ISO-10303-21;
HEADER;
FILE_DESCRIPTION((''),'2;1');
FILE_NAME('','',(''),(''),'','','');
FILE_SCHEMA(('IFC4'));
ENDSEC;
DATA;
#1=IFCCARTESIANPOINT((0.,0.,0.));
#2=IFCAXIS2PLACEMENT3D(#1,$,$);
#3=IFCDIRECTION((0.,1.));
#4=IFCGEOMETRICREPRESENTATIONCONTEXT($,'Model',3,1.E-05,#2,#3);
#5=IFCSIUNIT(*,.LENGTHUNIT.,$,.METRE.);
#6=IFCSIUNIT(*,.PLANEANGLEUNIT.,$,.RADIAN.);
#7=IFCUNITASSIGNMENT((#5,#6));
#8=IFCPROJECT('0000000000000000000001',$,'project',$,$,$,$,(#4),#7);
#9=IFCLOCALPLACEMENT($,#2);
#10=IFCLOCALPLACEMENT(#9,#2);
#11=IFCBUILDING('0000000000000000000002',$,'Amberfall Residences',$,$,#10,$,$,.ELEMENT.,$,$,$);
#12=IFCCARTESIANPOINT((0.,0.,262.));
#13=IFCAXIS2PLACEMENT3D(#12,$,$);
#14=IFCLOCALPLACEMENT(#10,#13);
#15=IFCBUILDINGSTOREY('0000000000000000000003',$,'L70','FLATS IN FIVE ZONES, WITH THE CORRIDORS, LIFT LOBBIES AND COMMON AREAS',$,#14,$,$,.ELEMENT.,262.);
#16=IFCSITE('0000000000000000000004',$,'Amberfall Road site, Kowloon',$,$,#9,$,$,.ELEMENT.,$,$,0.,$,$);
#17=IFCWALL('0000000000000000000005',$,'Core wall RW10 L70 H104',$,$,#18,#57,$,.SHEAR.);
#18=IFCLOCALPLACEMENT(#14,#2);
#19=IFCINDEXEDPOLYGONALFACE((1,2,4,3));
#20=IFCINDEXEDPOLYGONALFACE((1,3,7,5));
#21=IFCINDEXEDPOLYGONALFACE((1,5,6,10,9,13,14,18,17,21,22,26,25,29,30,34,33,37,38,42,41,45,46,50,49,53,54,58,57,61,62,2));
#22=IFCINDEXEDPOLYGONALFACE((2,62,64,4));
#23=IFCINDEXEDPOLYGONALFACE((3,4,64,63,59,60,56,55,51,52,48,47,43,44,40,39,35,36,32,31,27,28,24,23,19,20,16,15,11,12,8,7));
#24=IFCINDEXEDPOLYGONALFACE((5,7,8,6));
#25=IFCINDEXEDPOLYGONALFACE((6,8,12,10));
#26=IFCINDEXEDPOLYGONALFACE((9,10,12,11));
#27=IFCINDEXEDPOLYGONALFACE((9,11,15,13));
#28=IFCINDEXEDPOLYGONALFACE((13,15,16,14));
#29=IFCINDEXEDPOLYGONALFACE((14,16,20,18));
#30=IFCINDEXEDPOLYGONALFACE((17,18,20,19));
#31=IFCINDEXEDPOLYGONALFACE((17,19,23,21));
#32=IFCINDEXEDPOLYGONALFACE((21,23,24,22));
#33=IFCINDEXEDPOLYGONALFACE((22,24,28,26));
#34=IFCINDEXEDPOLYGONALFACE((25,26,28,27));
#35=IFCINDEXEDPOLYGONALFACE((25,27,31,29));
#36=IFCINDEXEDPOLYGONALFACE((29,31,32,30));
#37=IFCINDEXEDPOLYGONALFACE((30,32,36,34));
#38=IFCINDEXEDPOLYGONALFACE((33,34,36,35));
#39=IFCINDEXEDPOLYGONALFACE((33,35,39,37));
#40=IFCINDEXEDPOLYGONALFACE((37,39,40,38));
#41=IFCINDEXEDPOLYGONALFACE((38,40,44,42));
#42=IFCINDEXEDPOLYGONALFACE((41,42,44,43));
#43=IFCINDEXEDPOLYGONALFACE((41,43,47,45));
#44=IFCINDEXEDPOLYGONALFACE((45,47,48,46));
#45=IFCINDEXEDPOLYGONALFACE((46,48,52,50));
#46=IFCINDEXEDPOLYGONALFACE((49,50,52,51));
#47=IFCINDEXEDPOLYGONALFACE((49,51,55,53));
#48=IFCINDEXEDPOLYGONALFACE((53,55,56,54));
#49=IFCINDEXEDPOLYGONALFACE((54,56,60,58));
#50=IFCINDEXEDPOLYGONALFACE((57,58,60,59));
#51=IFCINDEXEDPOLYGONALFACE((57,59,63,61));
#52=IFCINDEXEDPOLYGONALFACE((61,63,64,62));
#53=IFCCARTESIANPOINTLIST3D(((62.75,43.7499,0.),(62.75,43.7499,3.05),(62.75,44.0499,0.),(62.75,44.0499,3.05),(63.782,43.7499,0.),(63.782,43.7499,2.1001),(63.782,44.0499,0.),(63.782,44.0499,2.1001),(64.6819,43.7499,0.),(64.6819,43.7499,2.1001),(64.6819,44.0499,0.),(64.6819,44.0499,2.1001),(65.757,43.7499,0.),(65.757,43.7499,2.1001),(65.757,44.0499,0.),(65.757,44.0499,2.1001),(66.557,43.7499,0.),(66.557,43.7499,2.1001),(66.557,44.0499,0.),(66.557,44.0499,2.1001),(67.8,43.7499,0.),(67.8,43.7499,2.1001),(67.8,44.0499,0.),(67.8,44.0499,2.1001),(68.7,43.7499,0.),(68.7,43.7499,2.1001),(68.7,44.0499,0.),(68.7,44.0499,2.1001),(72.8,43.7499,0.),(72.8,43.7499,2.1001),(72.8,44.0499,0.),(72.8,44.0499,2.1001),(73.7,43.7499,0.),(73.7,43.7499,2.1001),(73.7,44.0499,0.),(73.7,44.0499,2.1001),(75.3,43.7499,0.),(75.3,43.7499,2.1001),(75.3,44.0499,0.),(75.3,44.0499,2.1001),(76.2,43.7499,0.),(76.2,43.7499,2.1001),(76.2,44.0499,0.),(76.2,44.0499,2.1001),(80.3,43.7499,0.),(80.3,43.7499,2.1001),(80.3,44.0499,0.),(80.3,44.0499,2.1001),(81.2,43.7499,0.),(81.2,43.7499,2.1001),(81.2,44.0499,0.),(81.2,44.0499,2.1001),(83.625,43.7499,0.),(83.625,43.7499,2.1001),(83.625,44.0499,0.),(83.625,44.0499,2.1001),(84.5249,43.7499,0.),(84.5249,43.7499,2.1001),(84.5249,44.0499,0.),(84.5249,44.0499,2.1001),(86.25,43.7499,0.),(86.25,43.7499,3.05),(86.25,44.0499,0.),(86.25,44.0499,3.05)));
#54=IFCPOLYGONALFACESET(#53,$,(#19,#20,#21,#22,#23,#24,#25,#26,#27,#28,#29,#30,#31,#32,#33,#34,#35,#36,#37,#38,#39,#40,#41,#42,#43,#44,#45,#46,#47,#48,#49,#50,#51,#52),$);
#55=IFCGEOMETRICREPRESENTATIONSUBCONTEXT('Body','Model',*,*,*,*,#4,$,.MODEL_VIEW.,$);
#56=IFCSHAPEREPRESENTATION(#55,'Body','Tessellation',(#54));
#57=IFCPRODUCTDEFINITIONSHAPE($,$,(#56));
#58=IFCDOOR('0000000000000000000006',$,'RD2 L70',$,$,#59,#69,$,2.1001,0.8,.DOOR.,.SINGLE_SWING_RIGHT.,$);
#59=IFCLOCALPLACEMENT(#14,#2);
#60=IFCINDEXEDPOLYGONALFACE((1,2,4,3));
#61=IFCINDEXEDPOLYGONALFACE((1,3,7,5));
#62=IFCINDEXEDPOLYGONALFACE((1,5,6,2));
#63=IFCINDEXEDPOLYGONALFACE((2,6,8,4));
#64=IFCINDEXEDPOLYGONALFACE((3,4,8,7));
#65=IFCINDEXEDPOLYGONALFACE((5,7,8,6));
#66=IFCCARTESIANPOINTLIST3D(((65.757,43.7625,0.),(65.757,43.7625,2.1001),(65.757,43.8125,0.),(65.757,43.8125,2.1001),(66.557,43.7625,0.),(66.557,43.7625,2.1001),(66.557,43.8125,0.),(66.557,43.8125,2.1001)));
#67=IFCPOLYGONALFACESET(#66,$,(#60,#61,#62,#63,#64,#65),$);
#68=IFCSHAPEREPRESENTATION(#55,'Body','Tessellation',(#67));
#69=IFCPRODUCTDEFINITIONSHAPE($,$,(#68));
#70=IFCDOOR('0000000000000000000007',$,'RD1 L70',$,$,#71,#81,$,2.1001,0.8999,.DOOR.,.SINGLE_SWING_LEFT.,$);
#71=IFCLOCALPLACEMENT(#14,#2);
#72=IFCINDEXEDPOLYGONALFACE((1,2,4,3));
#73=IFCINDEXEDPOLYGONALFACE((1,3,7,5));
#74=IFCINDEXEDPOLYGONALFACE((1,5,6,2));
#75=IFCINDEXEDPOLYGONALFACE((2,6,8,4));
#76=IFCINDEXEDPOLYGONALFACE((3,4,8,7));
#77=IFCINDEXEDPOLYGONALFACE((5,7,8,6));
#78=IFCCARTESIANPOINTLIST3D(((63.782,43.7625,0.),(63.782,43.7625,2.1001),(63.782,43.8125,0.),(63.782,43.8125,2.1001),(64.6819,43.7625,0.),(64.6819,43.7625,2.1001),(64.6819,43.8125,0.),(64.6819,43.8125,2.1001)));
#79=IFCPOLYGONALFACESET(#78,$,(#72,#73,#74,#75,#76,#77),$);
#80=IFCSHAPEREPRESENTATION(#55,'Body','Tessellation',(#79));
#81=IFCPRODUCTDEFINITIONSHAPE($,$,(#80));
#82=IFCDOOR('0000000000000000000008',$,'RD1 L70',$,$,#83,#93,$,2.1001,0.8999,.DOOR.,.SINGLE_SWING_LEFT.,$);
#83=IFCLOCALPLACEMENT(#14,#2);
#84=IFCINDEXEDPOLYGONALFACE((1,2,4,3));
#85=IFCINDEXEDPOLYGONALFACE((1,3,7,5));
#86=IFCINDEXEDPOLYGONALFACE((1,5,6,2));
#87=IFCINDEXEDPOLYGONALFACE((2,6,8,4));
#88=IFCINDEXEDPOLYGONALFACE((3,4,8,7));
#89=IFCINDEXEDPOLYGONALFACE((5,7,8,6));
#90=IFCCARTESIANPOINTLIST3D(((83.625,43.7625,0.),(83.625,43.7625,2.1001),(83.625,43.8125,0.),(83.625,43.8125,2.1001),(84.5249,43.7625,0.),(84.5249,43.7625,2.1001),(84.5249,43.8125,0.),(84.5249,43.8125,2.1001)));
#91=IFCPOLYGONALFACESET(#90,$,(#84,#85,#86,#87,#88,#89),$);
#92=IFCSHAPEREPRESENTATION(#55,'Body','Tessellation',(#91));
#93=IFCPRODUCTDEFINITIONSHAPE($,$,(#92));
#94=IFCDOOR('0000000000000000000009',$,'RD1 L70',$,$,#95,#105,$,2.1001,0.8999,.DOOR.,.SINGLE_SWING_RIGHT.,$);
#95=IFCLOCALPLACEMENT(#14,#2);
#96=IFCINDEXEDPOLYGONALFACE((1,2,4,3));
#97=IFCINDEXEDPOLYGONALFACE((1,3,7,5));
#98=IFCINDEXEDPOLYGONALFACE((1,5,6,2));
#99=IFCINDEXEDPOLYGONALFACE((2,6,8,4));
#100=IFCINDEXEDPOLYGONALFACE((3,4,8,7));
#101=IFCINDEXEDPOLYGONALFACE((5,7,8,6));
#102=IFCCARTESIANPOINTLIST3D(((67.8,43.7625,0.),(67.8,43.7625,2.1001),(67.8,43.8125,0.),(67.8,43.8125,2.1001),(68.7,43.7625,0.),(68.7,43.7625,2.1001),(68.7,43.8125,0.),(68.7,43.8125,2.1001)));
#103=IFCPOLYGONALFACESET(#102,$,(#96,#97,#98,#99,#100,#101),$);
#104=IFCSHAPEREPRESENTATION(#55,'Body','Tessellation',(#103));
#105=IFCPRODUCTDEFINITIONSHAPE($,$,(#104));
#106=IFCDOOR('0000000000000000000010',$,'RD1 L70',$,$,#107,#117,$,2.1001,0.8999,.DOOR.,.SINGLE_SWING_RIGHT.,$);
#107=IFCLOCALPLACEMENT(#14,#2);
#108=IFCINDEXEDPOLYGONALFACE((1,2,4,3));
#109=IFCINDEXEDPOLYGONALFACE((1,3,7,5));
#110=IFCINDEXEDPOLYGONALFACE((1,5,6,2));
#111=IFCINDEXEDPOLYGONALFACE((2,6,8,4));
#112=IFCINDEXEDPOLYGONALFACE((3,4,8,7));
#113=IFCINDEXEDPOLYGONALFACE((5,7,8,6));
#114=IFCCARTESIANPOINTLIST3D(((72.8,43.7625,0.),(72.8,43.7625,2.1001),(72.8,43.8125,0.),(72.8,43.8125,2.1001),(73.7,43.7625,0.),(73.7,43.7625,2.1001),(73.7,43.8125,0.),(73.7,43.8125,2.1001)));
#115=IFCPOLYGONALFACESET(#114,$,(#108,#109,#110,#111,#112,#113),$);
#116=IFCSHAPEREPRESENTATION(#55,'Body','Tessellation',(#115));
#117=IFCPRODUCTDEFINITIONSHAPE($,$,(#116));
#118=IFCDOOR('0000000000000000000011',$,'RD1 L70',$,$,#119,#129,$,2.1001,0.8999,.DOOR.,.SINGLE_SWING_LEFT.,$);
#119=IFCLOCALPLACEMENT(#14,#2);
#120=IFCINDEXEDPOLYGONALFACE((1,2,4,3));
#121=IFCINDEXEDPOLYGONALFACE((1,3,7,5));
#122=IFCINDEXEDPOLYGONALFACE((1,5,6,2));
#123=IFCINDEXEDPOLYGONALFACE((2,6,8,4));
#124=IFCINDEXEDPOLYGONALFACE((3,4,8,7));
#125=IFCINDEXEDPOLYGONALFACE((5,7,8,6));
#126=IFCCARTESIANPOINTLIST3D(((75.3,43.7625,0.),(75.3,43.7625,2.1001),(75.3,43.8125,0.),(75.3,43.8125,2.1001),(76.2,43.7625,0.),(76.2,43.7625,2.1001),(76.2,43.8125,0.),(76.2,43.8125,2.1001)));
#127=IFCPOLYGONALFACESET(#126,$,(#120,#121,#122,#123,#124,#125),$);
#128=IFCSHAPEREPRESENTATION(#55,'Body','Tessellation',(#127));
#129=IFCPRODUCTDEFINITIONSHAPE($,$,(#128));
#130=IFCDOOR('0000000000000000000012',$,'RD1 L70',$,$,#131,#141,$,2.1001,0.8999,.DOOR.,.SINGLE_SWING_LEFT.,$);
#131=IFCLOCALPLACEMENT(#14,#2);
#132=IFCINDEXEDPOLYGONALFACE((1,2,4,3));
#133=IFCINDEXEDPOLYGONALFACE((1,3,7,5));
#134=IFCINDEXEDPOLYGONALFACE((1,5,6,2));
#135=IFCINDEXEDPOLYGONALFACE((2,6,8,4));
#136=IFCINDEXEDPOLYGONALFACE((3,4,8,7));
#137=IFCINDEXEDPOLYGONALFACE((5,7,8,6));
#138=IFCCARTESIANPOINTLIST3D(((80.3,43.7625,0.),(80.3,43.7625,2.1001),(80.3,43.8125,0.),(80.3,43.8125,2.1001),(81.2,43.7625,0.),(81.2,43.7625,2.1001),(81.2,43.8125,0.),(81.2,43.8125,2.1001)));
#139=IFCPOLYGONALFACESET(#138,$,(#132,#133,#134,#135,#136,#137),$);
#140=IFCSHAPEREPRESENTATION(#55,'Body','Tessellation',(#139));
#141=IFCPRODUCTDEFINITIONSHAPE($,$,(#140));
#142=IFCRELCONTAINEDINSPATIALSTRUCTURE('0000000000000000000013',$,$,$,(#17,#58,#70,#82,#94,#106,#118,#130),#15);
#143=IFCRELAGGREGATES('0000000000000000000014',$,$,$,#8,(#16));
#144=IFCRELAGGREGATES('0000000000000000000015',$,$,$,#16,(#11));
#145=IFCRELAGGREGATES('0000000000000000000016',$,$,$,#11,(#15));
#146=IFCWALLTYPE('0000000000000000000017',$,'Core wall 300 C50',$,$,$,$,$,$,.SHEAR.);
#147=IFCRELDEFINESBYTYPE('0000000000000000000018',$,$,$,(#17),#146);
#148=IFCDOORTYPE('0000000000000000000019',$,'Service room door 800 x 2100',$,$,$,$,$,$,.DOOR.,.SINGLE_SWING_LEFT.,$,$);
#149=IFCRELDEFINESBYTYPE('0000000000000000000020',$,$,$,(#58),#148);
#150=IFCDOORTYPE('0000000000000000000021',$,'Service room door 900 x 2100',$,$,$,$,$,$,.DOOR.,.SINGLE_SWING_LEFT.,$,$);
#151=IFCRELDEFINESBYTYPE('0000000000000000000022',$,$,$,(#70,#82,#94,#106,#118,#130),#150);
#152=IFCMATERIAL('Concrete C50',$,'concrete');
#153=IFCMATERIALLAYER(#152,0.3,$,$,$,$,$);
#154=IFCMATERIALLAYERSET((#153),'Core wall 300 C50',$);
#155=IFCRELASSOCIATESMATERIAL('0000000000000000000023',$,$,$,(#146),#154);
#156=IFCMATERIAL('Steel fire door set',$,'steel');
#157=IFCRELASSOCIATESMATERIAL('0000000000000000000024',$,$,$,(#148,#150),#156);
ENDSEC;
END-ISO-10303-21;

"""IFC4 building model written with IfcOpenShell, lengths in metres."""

from ifc_helpers import new_model, si_unit, direction, frame, frame_2d, origin, place, context, subcontext, project, spatial, rectangle, extrude, material, layer, layer_set, type_object, element, fill, save


model = new_model("IFC4")

# Units and contexts
model_context = context("Model", 3, precision=1e-05, world=origin(), true_north=direction((0.0, 1.0)))
body_context = subcontext(model_context, "Body", "Model", "MODEL_VIEW")
ifc_project = project(units=[si_unit("LENGTHUNIT", "METRE"), si_unit("PLANEANGLEUNIT", "RADIAN")], contexts=[model_context])

# Site, building, storey
site_placement = place(None, origin())
site = spatial("IfcSite", under=ifc_project, at=site_placement, Name="Amberfall Road site, Kowloon", CompositionType="ELEMENT", RefElevation=0.0)
building_placement = place(site_placement, origin())
building = spatial("IfcBuilding", under=site, at=building_placement, Name="Amberfall Residences", CompositionType="ELEMENT")
storey_placement = place(building_placement, frame((0.0, 0.0, 262.0)))
storey = spatial("IfcBuildingStorey", under=building, at=storey_placement, Name="L70", Description="FLATS IN FIVE ZONES, WITH THE CORRIDORS, LIFT LOBBIES AND COMMON AREAS", CompositionType="ELEMENT", Elevation=262.0)

# Wall, openings, doors
ifc_material_1 = material(Name="Concrete C50", Category="concrete")
ifc_layer = layer(ifc_material_1, 0.3)
ifc_layer_set = layer_set([ifc_layer], Name="Core wall 300 C50")
wall_type = type_object("IfcWallType", Name="Core wall 300 C50", PredefinedType="SHEAR", material=ifc_layer_set)
wall_1_placement = place(storey_placement, frame((62.75, 43.8999, 0.0), z_axis=(0.0, 0.0, 1.0), x_axis=(1.0, 0.0, 0.0)))
wall_1 = element("IfcWall", 1, at=wall_1_placement, inside=storey, type_object=wall_type, Name="Core wall RW10 L70 H104", PredefinedType="SHEAR", context=body_context, shape_type="SweptSolid", body=[
    extrude(rectangle(XDim=23.5, YDim=0.3, at=frame_2d((11.75, 0.0))), origin(), (0.0, 0.0, 1.0), 3.05),
])
opening_1_placement = place(wall_1_placement, frame((1.032, 0.0, 0.0)))
opening_1 = element("IfcOpeningElement", 2, at=opening_1_placement, cuts=wall_1, PredefinedType="OPENING", context=body_context, shape_type="SweptSolid", body=[
    extrude(rectangle(XDim=0.8999, YDim=2.1001, at=frame_2d((0.45, 1.05))), frame((0.0, 0.1599, 0.0), z_axis=(0.0, -1.0, 0.0), x_axis=(1.0, 0.0, 0.0)), (0.0, 0.0, 1.0), 0.3201),
])
opening_2_placement = place(wall_1_placement, frame((3.0071, 0.0, 0.0)))
opening_2 = element("IfcOpeningElement", 3, at=opening_2_placement, cuts=wall_1, PredefinedType="OPENING", context=body_context, shape_type="SweptSolid", body=[
    extrude(rectangle(XDim=0.8, YDim=2.1001, at=frame_2d((0.3999, 1.05))), frame((0.0, 0.1599, 0.0), z_axis=(0.0, -1.0, 0.0), x_axis=(1.0, 0.0, 0.0)), (0.0, 0.0, 1.0), 0.3201),
])
opening_3_placement = place(wall_1_placement, frame((20.875, 0.0, 0.0)))
opening_3 = element("IfcOpeningElement", 4, at=opening_3_placement, cuts=wall_1, PredefinedType="OPENING", context=body_context, shape_type="SweptSolid", body=[
    extrude(rectangle(XDim=0.8999, YDim=2.1001, at=frame_2d((0.45, 1.05))), frame((0.0, 0.1599, 0.0), z_axis=(0.0, -1.0, 0.0), x_axis=(1.0, 0.0, 0.0)), (0.0, 0.0, 1.0), 0.3201),
])
opening_4_placement = place(wall_1_placement, frame((5.05, 0.0, 0.0)))
opening_4 = element("IfcOpeningElement", 5, at=opening_4_placement, cuts=wall_1, PredefinedType="OPENING", context=body_context, shape_type="SweptSolid", body=[
    extrude(rectangle(XDim=0.8999, YDim=2.1001, at=frame_2d((0.45, 1.05))), frame((0.0, 0.1599, 0.0), z_axis=(0.0, -1.0, 0.0), x_axis=(1.0, 0.0, 0.0)), (0.0, 0.0, 1.0), 0.3201),
])
opening_5_placement = place(wall_1_placement, frame((10.05, 0.0, 0.0)))
opening_5 = element("IfcOpeningElement", 6, at=opening_5_placement, cuts=wall_1, PredefinedType="OPENING", context=body_context, shape_type="SweptSolid", body=[
    extrude(rectangle(XDim=0.8999, YDim=2.1001, at=frame_2d((0.45, 1.05))), frame((0.0, 0.1599, 0.0), z_axis=(0.0, -1.0, 0.0), x_axis=(1.0, 0.0, 0.0)), (0.0, 0.0, 1.0), 0.3201),
])
opening_6_placement = place(wall_1_placement, frame((12.55, 0.0, 0.0)))
opening_6 = element("IfcOpeningElement", 7, at=opening_6_placement, cuts=wall_1, PredefinedType="OPENING", context=body_context, shape_type="SweptSolid", body=[
    extrude(rectangle(XDim=0.8999, YDim=2.1001, at=frame_2d((0.45, 1.05))), frame((0.0, 0.1599, 0.0), z_axis=(0.0, -1.0, 0.0), x_axis=(1.0, 0.0, 0.0)), (0.0, 0.0, 1.0), 0.3201),
])
opening_7_placement = place(wall_1_placement, frame((17.55, 0.0, 0.0)))
opening_7 = element("IfcOpeningElement", 8, at=opening_7_placement, cuts=wall_1, PredefinedType="OPENING", context=body_context, shape_type="SweptSolid", body=[
    extrude(rectangle(XDim=0.8999, YDim=2.1001, at=frame_2d((0.45, 1.05))), frame((0.0, 0.1599, 0.0), z_axis=(0.0, -1.0, 0.0), x_axis=(1.0, 0.0, 0.0)), (0.0, 0.0, 1.0), 0.3201),
])
ifc_material_2 = material(Name="Steel fire door set", Category="steel")
door_type_1 = type_object("IfcDoorType", Name="Service room door 800 x 2100", OperationType="SINGLE_SWING_LEFT", PredefinedType="DOOR", material=ifc_material_2)
door_1_placement = place(opening_2_placement, origin())
door_1 = element("IfcDoor", 9, at=door_1_placement, inside=storey, type_object=door_type_1, Name="RD2 L70", OperationType="SINGLE_SWING_RIGHT", OverallHeight=2.1001, OverallWidth=0.8, PredefinedType="DOOR", context=body_context, shape_type="SweptSolid", body=[
    extrude(rectangle(XDim=0.8, YDim=2.1001, at=frame_2d((0.3999, 1.05))), frame((0.0, -0.0874, 0.0), z_axis=(0.0, -1.0, 0.0), x_axis=(1.0, 0.0, 0.0)), (0.0, 0.0, 1.0), 0.05),
])
fill(opening_2, door_1)
door_type_2 = type_object("IfcDoorType", Name="Service room door 900 x 2100", OperationType="SINGLE_SWING_LEFT", PredefinedType="DOOR", material=ifc_material_2)
door_2_placement = place(opening_1_placement, origin())
door_2 = element("IfcDoor", 10, at=door_2_placement, inside=storey, type_object=door_type_2, Name="RD1 L70", OperationType="SINGLE_SWING_LEFT", OverallHeight=2.1001, OverallWidth=0.8999, PredefinedType="DOOR", context=body_context, shape_type="SweptSolid", body=[
    extrude(rectangle(XDim=0.8999, YDim=2.1001, at=frame_2d((0.45, 1.05))), frame((0.0, -0.0874, 0.0), z_axis=(0.0, -1.0, 0.0), x_axis=(1.0, 0.0, 0.0)), (0.0, 0.0, 1.0), 0.05),
])
fill(opening_1, door_2)
door_3_placement = place(opening_3_placement, origin())
door_3 = element("IfcDoor", 11, at=door_3_placement, inside=storey, type_object=door_type_2, Name="RD1 L70", OperationType="SINGLE_SWING_LEFT", OverallHeight=2.1001, OverallWidth=0.8999, PredefinedType="DOOR", context=body_context, shape_type="SweptSolid", body=[
    extrude(rectangle(XDim=0.8999, YDim=2.1001, at=frame_2d((0.45, 1.05))), frame((0.0, -0.0874, 0.0), z_axis=(0.0, -1.0, 0.0), x_axis=(1.0, 0.0, 0.0)), (0.0, 0.0, 1.0), 0.05),
])
fill(opening_3, door_3)
door_4_placement = place(opening_4_placement, origin())
door_4 = element("IfcDoor", 12, at=door_4_placement, inside=storey, type_object=door_type_2, Name="RD1 L70", OperationType="SINGLE_SWING_RIGHT", OverallHeight=2.1001, OverallWidth=0.8999, PredefinedType="DOOR", context=body_context, shape_type="SweptSolid", body=[
    extrude(rectangle(XDim=0.8999, YDim=2.1001, at=frame_2d((0.45, 1.05))), frame((0.0, -0.0874, 0.0), z_axis=(0.0, -1.0, 0.0), x_axis=(1.0, 0.0, 0.0)), (0.0, 0.0, 1.0), 0.05),
])
fill(opening_4, door_4)
door_5_placement = place(opening_5_placement, origin())
door_5 = element("IfcDoor", 13, at=door_5_placement, inside=storey, type_object=door_type_2, Name="RD1 L70", OperationType="SINGLE_SWING_RIGHT", OverallHeight=2.1001, OverallWidth=0.8999, PredefinedType="DOOR", context=body_context, shape_type="SweptSolid", body=[
    extrude(rectangle(XDim=0.8999, YDim=2.1001, at=frame_2d((0.45, 1.05))), frame((0.0, -0.0874, 0.0), z_axis=(0.0, -1.0, 0.0), x_axis=(1.0, 0.0, 0.0)), (0.0, 0.0, 1.0), 0.05),
])
fill(opening_5, door_5)
door_6_placement = place(opening_6_placement, origin())
door_6 = element("IfcDoor", 14, at=door_6_placement, inside=storey, type_object=door_type_2, Name="RD1 L70", OperationType="SINGLE_SWING_LEFT", OverallHeight=2.1001, OverallWidth=0.8999, PredefinedType="DOOR", context=body_context, shape_type="SweptSolid", body=[
    extrude(rectangle(XDim=0.8999, YDim=2.1001, at=frame_2d((0.45, 1.05))), frame((0.0, -0.0874, 0.0), z_axis=(0.0, -1.0, 0.0), x_axis=(1.0, 0.0, 0.0)), (0.0, 0.0, 1.0), 0.05),
])
fill(opening_6, door_6)
door_7_placement = place(opening_7_placement, origin())
door_7 = element("IfcDoor", 15, at=door_7_placement, inside=storey, type_object=door_type_2, Name="RD1 L70", OperationType="SINGLE_SWING_LEFT", OverallHeight=2.1001, OverallWidth=0.8999, PredefinedType="DOOR", context=body_context, shape_type="SweptSolid", body=[
    extrude(rectangle(XDim=0.8999, YDim=2.1001, at=frame_2d((0.45, 1.05))), frame((0.0, -0.0874, 0.0), z_axis=(0.0, -1.0, 0.0), x_axis=(1.0, 0.0, 0.0)), (0.0, 0.0, 1.0), 0.05),
])
fill(opening_7, door_7)

save(model, "model.ifc")
